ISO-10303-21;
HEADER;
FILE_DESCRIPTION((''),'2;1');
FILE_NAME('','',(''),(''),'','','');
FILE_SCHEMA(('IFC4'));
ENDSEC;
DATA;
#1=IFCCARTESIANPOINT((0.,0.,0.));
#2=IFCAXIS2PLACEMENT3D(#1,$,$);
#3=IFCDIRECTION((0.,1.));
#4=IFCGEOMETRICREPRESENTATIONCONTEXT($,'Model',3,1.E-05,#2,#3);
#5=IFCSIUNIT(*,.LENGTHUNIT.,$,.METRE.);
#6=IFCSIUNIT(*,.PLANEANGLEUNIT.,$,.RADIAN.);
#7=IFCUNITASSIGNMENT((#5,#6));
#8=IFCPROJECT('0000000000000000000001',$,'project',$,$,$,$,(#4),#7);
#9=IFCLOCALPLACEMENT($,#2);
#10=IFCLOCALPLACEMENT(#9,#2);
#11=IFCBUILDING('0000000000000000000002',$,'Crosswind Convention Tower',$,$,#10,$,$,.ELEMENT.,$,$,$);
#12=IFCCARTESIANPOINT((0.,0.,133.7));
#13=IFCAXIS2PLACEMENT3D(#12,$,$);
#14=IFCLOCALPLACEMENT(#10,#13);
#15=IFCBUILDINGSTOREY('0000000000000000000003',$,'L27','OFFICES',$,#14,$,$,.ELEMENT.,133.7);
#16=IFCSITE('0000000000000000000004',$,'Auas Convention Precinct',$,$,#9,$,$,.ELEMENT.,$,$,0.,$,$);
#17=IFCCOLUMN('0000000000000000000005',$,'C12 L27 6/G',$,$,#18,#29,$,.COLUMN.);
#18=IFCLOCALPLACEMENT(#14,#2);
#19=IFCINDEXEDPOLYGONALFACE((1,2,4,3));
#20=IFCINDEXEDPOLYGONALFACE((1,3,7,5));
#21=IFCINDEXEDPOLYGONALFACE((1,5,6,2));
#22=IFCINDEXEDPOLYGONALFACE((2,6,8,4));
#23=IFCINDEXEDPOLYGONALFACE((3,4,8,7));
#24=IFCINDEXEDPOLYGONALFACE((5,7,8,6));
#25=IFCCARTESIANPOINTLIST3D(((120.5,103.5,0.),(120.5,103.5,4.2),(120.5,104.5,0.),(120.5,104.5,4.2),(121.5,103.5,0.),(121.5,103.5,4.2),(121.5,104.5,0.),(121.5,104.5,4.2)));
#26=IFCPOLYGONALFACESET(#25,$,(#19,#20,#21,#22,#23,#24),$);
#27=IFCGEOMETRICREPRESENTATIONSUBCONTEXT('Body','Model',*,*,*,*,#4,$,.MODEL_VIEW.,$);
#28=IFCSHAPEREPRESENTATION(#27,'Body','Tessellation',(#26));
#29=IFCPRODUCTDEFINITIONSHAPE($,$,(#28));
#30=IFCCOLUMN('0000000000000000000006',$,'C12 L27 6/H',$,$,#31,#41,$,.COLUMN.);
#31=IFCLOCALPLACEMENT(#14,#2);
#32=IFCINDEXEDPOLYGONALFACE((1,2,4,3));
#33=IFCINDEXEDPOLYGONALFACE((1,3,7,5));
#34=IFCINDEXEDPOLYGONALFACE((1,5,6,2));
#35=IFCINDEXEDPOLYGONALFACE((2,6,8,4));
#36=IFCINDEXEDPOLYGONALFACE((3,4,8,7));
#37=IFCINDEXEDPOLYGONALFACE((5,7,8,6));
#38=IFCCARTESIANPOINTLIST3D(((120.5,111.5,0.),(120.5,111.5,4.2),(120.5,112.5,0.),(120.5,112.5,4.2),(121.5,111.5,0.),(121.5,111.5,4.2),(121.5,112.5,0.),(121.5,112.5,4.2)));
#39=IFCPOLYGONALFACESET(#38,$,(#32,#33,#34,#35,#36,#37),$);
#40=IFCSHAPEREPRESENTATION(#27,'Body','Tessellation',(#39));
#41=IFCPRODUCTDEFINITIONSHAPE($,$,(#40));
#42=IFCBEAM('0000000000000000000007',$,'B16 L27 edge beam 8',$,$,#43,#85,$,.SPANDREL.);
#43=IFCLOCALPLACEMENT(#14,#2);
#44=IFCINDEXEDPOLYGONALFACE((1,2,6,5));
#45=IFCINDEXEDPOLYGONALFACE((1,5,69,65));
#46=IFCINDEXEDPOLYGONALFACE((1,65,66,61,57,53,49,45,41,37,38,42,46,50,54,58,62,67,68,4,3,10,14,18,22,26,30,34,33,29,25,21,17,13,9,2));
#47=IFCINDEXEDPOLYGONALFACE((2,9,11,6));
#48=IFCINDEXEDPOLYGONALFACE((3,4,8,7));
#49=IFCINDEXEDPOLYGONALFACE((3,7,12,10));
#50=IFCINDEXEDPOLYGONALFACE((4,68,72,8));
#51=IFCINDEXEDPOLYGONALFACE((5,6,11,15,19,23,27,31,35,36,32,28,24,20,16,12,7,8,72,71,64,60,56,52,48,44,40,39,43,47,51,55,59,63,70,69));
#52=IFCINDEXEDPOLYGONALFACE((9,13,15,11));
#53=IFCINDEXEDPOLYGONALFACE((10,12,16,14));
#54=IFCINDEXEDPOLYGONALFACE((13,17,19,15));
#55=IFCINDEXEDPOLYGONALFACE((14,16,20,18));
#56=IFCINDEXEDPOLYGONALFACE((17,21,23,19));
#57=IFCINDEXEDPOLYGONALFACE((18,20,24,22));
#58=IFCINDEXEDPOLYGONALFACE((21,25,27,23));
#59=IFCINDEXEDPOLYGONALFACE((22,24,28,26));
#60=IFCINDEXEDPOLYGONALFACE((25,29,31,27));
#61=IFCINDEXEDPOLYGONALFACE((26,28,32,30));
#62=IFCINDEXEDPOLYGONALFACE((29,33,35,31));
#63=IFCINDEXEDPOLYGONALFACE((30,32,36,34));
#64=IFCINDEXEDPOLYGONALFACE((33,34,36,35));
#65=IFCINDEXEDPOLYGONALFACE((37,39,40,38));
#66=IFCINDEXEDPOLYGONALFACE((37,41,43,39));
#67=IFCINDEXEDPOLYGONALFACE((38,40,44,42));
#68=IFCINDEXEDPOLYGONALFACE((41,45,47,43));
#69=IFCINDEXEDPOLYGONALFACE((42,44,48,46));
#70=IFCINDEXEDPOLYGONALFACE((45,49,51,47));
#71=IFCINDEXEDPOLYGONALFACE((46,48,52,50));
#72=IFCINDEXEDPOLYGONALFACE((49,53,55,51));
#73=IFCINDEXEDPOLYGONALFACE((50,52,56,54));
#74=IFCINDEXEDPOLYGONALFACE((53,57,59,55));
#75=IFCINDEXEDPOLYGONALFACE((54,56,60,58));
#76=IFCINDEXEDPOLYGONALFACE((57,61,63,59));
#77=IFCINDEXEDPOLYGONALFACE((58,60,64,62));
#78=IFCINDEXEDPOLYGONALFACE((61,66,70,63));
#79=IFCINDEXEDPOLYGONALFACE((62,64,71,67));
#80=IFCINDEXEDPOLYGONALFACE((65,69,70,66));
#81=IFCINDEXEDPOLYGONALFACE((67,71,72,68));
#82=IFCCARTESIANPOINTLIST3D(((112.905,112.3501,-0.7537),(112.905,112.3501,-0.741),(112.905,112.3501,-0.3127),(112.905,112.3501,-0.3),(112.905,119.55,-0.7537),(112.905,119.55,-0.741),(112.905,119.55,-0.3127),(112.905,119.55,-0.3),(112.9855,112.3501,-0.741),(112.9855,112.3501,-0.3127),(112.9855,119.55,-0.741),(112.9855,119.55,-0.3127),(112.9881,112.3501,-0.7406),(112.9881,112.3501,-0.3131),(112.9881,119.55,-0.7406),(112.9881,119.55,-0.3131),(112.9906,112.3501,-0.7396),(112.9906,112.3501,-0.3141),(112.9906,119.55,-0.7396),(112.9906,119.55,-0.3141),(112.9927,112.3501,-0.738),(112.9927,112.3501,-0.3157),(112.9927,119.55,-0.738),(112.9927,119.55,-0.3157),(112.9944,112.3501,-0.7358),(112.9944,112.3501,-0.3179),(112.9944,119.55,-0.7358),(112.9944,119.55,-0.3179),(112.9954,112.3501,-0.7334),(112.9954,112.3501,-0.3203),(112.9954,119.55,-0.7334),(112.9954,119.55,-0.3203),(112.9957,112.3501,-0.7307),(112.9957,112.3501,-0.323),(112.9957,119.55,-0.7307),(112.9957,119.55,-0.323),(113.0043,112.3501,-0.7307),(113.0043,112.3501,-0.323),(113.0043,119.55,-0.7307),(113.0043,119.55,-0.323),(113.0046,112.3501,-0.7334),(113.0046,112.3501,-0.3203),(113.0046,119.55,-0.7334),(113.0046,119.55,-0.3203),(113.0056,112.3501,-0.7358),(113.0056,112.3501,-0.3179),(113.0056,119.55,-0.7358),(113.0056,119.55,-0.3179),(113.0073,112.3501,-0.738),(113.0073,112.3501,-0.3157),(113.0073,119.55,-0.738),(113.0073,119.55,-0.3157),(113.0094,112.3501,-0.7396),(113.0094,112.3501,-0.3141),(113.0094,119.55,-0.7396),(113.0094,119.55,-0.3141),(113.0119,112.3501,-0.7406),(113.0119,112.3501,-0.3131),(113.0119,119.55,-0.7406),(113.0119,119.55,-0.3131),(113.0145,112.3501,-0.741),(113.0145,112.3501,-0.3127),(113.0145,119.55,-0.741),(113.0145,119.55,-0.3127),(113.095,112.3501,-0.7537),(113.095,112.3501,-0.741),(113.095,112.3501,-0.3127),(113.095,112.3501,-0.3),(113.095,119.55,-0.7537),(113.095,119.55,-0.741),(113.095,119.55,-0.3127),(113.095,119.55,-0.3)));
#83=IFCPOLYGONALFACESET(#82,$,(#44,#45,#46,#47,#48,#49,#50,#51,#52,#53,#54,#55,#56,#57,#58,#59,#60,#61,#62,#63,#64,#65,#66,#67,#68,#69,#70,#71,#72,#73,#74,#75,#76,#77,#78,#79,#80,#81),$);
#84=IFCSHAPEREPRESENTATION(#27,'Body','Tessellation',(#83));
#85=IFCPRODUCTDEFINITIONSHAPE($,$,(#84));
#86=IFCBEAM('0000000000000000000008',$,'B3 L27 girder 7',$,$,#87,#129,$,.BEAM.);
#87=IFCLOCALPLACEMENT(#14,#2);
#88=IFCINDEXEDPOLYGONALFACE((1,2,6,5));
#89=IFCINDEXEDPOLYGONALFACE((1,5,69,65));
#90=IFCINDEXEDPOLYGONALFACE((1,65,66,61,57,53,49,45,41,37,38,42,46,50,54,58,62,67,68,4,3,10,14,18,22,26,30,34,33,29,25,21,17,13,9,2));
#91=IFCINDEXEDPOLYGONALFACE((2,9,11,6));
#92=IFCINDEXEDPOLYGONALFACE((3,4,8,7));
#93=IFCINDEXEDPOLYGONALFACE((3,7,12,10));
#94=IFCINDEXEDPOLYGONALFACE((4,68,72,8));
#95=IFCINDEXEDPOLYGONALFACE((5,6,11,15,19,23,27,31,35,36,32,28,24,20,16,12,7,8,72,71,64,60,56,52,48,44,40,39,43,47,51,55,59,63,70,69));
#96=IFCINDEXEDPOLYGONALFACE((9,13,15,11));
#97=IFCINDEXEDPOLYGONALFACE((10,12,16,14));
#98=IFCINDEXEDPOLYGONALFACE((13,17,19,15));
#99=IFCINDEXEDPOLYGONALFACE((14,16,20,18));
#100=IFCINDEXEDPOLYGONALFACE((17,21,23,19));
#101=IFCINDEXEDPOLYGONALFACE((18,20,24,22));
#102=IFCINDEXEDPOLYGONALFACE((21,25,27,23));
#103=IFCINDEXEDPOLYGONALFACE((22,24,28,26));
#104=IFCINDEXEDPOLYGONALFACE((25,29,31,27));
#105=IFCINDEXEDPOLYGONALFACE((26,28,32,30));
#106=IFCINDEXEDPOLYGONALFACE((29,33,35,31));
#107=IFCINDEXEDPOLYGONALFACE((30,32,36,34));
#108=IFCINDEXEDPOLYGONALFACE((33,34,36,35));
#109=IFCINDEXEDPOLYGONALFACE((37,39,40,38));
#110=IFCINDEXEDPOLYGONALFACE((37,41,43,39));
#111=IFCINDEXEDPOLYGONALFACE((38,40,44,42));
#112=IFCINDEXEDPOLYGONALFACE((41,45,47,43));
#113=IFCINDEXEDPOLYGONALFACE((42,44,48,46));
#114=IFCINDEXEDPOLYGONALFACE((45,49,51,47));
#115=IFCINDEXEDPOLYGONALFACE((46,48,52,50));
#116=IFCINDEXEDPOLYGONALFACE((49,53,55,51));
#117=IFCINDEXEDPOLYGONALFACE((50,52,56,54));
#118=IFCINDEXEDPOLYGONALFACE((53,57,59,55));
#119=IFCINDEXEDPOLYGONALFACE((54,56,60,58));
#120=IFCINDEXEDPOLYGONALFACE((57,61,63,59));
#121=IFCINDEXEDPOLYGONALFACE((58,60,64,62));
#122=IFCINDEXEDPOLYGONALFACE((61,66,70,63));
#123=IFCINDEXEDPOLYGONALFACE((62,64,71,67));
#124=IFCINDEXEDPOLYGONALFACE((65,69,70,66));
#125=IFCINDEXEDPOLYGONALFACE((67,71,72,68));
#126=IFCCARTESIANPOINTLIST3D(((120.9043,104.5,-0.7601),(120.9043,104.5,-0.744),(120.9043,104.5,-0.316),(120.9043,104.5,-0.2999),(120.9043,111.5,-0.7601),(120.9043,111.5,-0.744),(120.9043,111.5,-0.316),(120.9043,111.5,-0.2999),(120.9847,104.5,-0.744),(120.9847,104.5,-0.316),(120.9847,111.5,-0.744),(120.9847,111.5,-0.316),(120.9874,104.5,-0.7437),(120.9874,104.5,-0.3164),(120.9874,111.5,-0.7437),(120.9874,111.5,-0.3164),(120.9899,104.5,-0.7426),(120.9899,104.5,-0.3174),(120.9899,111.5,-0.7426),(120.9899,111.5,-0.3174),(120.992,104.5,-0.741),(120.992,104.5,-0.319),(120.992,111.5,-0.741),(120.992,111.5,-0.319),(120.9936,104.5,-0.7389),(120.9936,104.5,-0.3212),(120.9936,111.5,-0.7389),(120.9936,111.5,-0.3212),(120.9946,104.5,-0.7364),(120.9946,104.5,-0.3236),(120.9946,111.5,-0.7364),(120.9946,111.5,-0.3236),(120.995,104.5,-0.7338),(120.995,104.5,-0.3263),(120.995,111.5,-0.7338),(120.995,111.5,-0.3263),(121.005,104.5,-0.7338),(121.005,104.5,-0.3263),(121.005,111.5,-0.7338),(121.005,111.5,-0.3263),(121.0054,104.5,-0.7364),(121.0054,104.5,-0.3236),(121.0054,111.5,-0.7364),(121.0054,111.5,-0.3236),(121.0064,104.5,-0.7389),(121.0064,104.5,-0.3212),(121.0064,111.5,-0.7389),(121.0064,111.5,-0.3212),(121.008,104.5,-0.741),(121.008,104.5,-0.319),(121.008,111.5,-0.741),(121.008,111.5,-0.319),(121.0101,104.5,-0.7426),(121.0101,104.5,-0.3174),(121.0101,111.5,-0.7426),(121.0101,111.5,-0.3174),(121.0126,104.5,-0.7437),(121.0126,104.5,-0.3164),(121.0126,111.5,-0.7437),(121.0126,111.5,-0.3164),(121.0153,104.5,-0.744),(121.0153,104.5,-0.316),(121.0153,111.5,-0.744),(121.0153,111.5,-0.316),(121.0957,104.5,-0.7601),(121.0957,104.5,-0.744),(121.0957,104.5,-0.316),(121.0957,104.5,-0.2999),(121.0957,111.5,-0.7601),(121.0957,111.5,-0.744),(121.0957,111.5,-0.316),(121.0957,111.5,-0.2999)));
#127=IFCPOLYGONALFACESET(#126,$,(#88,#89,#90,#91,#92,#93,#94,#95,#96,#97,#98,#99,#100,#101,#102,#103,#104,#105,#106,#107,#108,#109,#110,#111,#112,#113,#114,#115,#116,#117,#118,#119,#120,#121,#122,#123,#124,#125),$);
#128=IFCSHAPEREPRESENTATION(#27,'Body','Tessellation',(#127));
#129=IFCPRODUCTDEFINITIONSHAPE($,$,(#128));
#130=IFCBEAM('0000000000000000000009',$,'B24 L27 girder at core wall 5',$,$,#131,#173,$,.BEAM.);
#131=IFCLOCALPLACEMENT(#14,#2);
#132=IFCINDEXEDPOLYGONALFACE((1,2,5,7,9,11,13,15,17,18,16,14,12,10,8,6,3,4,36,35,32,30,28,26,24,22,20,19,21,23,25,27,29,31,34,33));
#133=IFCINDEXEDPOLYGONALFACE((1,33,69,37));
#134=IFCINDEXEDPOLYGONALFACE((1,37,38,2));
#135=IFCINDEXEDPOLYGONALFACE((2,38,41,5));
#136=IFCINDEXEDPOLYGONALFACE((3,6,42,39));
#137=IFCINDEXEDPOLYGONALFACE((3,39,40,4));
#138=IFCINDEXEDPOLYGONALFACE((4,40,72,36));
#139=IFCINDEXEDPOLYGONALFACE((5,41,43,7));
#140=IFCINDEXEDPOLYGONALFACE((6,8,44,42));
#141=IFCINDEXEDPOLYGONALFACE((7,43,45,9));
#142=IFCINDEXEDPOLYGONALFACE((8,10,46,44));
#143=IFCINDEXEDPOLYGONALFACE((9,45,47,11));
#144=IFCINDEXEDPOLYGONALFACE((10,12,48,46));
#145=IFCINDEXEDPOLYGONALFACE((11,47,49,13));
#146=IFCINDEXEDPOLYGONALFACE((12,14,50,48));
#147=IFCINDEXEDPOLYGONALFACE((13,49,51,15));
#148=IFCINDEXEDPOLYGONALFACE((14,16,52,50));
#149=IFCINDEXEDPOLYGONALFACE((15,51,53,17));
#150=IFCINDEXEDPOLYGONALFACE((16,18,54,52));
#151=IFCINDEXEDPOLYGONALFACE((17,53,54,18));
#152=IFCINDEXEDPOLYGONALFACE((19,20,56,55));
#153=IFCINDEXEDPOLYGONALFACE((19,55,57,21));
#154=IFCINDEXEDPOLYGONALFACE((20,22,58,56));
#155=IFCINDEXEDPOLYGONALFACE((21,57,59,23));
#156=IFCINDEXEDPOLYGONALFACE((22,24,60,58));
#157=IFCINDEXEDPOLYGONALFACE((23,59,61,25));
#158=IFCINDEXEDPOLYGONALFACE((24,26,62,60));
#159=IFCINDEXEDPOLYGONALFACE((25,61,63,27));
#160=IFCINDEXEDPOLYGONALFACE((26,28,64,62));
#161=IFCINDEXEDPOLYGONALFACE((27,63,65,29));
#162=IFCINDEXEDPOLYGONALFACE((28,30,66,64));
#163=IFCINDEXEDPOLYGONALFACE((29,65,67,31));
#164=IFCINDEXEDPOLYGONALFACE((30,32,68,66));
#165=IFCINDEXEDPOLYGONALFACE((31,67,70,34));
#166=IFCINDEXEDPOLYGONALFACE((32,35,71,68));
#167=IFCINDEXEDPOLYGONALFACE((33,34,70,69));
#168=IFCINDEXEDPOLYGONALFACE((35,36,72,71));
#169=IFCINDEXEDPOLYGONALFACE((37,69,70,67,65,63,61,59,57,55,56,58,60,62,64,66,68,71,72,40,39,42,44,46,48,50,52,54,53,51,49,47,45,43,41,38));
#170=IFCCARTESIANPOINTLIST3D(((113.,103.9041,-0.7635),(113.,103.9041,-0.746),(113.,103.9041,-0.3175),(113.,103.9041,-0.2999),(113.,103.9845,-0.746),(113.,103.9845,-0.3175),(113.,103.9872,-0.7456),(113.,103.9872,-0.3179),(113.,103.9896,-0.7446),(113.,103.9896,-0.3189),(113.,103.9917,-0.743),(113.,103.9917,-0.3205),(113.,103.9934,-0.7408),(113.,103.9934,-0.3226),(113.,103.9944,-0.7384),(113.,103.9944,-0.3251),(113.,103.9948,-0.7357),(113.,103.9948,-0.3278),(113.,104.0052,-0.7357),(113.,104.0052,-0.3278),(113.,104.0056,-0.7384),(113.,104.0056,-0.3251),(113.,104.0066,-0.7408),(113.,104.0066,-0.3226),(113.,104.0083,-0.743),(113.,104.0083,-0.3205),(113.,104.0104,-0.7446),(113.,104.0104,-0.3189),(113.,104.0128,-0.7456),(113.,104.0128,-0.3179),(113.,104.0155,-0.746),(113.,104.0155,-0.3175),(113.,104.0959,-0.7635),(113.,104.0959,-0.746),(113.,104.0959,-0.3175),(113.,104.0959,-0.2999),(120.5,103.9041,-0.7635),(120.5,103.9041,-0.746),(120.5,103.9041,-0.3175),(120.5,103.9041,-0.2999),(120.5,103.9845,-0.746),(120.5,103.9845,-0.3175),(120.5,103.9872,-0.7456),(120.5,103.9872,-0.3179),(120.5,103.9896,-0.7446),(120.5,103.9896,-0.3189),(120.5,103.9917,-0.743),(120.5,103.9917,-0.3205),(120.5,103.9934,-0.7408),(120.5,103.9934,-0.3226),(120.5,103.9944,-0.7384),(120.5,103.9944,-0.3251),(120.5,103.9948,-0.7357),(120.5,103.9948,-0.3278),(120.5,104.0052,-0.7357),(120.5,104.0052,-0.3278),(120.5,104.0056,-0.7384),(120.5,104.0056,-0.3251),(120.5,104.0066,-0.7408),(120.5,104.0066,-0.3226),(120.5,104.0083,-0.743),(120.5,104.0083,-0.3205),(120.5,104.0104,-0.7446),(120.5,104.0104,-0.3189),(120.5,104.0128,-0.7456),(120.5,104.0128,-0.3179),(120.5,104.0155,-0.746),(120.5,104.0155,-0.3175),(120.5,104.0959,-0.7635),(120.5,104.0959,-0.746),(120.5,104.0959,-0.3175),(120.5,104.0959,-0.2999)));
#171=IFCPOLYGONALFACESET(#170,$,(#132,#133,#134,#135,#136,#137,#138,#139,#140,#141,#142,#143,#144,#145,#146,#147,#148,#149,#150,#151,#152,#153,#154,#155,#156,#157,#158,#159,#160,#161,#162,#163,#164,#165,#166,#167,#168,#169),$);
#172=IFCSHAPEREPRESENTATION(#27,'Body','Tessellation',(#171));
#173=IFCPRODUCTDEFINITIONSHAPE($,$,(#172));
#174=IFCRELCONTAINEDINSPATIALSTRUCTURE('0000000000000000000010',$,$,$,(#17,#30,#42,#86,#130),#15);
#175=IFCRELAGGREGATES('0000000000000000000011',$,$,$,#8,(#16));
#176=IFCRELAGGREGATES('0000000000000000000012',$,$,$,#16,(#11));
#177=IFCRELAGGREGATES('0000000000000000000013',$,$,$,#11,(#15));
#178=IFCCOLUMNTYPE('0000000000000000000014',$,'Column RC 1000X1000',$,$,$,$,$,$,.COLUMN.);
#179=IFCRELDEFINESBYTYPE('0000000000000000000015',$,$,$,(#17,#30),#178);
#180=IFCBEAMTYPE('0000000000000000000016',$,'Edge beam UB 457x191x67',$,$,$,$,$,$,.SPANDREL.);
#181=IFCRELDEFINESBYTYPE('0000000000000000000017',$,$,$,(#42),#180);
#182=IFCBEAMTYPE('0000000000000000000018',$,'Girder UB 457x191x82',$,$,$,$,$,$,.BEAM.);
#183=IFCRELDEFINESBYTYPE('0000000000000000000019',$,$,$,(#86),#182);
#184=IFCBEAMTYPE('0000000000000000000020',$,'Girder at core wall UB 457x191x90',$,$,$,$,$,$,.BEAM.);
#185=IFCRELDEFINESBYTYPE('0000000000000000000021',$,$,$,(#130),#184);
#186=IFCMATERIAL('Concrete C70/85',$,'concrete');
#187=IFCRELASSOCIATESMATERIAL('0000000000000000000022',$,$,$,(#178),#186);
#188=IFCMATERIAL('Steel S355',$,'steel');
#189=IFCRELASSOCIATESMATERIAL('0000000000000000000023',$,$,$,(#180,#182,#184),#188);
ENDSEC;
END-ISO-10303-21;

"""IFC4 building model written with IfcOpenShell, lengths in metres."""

from ifc_helpers import new_model, si_unit, direction, frame, origin, origin_2d, place, context, subcontext, project, spatial, rectangle, i_section, extrude, material, material_profile, profile_set, type_object, element, save


model = new_model("IFC4")

# Units and contexts
model_context = context("Model", 3, precision=1e-05, world=origin(), true_north=direction((0.0, 1.0)))
body_context = subcontext(model_context, "Body", "Model", "MODEL_VIEW")
ifc_project = project(units=[si_unit("LENGTHUNIT", "METRE"), si_unit("PLANEANGLEUNIT", "RADIAN")], contexts=[model_context])

# Site, building, storey
site_placement = place(None, origin())
site = spatial("IfcSite", under=ifc_project, at=site_placement, Name="Auas Convention Precinct", CompositionType="ELEMENT", RefElevation=0.0)
building_placement = place(site_placement, origin())
building = spatial("IfcBuilding", under=site, at=building_placement, Name="Crosswind Convention Tower", CompositionType="ELEMENT")
storey_placement = place(building_placement, frame((0.0, 0.0, 133.7)))
storey = spatial("IfcBuildingStorey", under=building, at=storey_placement, Name="L27", Description="OFFICES", CompositionType="ELEMENT", Elevation=133.7)

# Columns
ifc_material_1 = material(Name="Concrete C70/85", Category="concrete")
ifc_material_profile_1 = material_profile(ifc_material_1, rectangle(XDim=1.0, YDim=1.0, at=origin_2d()), Name="RC 1000X1000")
ifc_profile_set_1 = profile_set([ifc_material_profile_1], Name="Concrete C70/85")
column_type = type_object("IfcColumnType", Name="Column RC 1000X1000", PredefinedType="COLUMN", material=ifc_profile_set_1)
for number, where, z_axis, x_axis, name in (
    (1, (121.0, 104.0, 0.0), (0.0, 0.0, 1.0), (1.0, 0.0, 0.0), "C12 L27 6/G"),
    (2, (121.0, 112.0, 0.0), (0.0, 0.0, 1.0), (1.0, 0.0, 0.0), "C12 L27 6/H"),
):
    element("IfcColumn", number, at=place(storey_placement, frame(where, z_axis=z_axis, x_axis=x_axis)), inside=storey, type_object=column_type, Name=name, PredefinedType="COLUMN", context=body_context, shape_type="SweptSolid", body=[
        extrude(rectangle(XDim=1.0, YDim=1.0, at=origin_2d()), origin(), (0.0, 0.0, 1.0), 4.2),
    ])

# Beams
ifc_material_2 = material(Name="Steel S355", Category="steel")
ifc_material_profile_2 = material_profile(ifc_material_2, i_section(OverallWidth=0.1899, OverallDepth=0.4536, WebThickness=0.0085, FlangeThickness=0.0127, FilletRadius=0.0103, at=origin_2d()), Name="UB 457x191x67")
ifc_profile_set_2 = profile_set([ifc_material_profile_2], Name="Steel S355")
beam_type_1 = type_object("IfcBeamType", Name="Edge beam UB 457x191x67", PredefinedType="SPANDREL", material=ifc_profile_set_2)
beam_1_placement = place(storey_placement, frame((113.0, 112.3501, -0.5269), z_axis=(0.0, 1.0, 0.0), x_axis=(-1.0, 0.0, 0.0)))
element("IfcBeam", 3, at=beam_1_placement, inside=storey, type_object=beam_type_1, Name="B16 L27 edge beam 8", PredefinedType="SPANDREL", context=body_context, shape_type="SweptSolid", body=[
    extrude(i_section(OverallWidth=0.1899, OverallDepth=0.4536, WebThickness=0.0085, FlangeThickness=0.0127, FilletRadius=0.0103, at=origin_2d()), origin(), (0.0, 0.0, 1.0), 7.2),
])
ifc_material_profile_3 = material_profile(ifc_material_2, i_section(OverallWidth=0.1914, OverallDepth=0.4602, WebThickness=0.01, FlangeThickness=0.0161, FilletRadius=0.0103, at=origin_2d()), Name="UB 457x191x82")
ifc_profile_set_3 = profile_set([ifc_material_profile_3], Name="Steel S355")
beam_type_2 = type_object("IfcBeamType", Name="Girder UB 457x191x82", PredefinedType="BEAM", material=ifc_profile_set_3)
beam_2_placement = place(storey_placement, frame((121.0, 104.5, -0.53), z_axis=(0.0, 1.0, 0.0), x_axis=(-1.0, 0.0, 0.0)))
element("IfcBeam", 4, at=beam_2_placement, inside=storey, type_object=beam_type_2, Name="B3 L27 girder 7", PredefinedType="BEAM", context=body_context, shape_type="SweptSolid", body=[
    extrude(i_section(OverallWidth=0.1914, OverallDepth=0.4602, WebThickness=0.01, FlangeThickness=0.0161, FilletRadius=0.0103, at=origin_2d()), origin(), (0.0, 0.0, 1.0), 7.0),
])
ifc_material_profile_4 = material_profile(ifc_material_2, i_section(OverallWidth=0.1919, OverallDepth=0.4636, WebThickness=0.0105, FlangeThickness=0.0176, FilletRadius=0.0103, at=origin_2d()), Name="UB 457x191x90")
ifc_profile_set_4 = profile_set([ifc_material_profile_4], Name="Steel S355")
beam_type_3 = type_object("IfcBeamType", Name="Girder at core wall UB 457x191x90", PredefinedType="BEAM", material=ifc_profile_set_4)
for number, where, z_axis, x_axis, name in (
    (5, (113.0, 104.0, -0.5317), (1.0, 0.0, 0.0), (0.0, 1.0, 0.0), "B24 L27 girder at core wall 5"),
):
    element("IfcBeam", number, at=place(storey_placement, frame(where, z_axis=z_axis, x_axis=x_axis)), inside=storey, type_object=beam_type_3, Name=name, PredefinedType="BEAM", context=body_context, shape_type="SweptSolid", body=[
        extrude(i_section(OverallWidth=0.1919, OverallDepth=0.4636, WebThickness=0.0105, FlangeThickness=0.0176, FilletRadius=0.0103, at=origin_2d()), origin(), (0.0, 0.0, 1.0), 7.5),
    ])

save(model, "model.ifc")
